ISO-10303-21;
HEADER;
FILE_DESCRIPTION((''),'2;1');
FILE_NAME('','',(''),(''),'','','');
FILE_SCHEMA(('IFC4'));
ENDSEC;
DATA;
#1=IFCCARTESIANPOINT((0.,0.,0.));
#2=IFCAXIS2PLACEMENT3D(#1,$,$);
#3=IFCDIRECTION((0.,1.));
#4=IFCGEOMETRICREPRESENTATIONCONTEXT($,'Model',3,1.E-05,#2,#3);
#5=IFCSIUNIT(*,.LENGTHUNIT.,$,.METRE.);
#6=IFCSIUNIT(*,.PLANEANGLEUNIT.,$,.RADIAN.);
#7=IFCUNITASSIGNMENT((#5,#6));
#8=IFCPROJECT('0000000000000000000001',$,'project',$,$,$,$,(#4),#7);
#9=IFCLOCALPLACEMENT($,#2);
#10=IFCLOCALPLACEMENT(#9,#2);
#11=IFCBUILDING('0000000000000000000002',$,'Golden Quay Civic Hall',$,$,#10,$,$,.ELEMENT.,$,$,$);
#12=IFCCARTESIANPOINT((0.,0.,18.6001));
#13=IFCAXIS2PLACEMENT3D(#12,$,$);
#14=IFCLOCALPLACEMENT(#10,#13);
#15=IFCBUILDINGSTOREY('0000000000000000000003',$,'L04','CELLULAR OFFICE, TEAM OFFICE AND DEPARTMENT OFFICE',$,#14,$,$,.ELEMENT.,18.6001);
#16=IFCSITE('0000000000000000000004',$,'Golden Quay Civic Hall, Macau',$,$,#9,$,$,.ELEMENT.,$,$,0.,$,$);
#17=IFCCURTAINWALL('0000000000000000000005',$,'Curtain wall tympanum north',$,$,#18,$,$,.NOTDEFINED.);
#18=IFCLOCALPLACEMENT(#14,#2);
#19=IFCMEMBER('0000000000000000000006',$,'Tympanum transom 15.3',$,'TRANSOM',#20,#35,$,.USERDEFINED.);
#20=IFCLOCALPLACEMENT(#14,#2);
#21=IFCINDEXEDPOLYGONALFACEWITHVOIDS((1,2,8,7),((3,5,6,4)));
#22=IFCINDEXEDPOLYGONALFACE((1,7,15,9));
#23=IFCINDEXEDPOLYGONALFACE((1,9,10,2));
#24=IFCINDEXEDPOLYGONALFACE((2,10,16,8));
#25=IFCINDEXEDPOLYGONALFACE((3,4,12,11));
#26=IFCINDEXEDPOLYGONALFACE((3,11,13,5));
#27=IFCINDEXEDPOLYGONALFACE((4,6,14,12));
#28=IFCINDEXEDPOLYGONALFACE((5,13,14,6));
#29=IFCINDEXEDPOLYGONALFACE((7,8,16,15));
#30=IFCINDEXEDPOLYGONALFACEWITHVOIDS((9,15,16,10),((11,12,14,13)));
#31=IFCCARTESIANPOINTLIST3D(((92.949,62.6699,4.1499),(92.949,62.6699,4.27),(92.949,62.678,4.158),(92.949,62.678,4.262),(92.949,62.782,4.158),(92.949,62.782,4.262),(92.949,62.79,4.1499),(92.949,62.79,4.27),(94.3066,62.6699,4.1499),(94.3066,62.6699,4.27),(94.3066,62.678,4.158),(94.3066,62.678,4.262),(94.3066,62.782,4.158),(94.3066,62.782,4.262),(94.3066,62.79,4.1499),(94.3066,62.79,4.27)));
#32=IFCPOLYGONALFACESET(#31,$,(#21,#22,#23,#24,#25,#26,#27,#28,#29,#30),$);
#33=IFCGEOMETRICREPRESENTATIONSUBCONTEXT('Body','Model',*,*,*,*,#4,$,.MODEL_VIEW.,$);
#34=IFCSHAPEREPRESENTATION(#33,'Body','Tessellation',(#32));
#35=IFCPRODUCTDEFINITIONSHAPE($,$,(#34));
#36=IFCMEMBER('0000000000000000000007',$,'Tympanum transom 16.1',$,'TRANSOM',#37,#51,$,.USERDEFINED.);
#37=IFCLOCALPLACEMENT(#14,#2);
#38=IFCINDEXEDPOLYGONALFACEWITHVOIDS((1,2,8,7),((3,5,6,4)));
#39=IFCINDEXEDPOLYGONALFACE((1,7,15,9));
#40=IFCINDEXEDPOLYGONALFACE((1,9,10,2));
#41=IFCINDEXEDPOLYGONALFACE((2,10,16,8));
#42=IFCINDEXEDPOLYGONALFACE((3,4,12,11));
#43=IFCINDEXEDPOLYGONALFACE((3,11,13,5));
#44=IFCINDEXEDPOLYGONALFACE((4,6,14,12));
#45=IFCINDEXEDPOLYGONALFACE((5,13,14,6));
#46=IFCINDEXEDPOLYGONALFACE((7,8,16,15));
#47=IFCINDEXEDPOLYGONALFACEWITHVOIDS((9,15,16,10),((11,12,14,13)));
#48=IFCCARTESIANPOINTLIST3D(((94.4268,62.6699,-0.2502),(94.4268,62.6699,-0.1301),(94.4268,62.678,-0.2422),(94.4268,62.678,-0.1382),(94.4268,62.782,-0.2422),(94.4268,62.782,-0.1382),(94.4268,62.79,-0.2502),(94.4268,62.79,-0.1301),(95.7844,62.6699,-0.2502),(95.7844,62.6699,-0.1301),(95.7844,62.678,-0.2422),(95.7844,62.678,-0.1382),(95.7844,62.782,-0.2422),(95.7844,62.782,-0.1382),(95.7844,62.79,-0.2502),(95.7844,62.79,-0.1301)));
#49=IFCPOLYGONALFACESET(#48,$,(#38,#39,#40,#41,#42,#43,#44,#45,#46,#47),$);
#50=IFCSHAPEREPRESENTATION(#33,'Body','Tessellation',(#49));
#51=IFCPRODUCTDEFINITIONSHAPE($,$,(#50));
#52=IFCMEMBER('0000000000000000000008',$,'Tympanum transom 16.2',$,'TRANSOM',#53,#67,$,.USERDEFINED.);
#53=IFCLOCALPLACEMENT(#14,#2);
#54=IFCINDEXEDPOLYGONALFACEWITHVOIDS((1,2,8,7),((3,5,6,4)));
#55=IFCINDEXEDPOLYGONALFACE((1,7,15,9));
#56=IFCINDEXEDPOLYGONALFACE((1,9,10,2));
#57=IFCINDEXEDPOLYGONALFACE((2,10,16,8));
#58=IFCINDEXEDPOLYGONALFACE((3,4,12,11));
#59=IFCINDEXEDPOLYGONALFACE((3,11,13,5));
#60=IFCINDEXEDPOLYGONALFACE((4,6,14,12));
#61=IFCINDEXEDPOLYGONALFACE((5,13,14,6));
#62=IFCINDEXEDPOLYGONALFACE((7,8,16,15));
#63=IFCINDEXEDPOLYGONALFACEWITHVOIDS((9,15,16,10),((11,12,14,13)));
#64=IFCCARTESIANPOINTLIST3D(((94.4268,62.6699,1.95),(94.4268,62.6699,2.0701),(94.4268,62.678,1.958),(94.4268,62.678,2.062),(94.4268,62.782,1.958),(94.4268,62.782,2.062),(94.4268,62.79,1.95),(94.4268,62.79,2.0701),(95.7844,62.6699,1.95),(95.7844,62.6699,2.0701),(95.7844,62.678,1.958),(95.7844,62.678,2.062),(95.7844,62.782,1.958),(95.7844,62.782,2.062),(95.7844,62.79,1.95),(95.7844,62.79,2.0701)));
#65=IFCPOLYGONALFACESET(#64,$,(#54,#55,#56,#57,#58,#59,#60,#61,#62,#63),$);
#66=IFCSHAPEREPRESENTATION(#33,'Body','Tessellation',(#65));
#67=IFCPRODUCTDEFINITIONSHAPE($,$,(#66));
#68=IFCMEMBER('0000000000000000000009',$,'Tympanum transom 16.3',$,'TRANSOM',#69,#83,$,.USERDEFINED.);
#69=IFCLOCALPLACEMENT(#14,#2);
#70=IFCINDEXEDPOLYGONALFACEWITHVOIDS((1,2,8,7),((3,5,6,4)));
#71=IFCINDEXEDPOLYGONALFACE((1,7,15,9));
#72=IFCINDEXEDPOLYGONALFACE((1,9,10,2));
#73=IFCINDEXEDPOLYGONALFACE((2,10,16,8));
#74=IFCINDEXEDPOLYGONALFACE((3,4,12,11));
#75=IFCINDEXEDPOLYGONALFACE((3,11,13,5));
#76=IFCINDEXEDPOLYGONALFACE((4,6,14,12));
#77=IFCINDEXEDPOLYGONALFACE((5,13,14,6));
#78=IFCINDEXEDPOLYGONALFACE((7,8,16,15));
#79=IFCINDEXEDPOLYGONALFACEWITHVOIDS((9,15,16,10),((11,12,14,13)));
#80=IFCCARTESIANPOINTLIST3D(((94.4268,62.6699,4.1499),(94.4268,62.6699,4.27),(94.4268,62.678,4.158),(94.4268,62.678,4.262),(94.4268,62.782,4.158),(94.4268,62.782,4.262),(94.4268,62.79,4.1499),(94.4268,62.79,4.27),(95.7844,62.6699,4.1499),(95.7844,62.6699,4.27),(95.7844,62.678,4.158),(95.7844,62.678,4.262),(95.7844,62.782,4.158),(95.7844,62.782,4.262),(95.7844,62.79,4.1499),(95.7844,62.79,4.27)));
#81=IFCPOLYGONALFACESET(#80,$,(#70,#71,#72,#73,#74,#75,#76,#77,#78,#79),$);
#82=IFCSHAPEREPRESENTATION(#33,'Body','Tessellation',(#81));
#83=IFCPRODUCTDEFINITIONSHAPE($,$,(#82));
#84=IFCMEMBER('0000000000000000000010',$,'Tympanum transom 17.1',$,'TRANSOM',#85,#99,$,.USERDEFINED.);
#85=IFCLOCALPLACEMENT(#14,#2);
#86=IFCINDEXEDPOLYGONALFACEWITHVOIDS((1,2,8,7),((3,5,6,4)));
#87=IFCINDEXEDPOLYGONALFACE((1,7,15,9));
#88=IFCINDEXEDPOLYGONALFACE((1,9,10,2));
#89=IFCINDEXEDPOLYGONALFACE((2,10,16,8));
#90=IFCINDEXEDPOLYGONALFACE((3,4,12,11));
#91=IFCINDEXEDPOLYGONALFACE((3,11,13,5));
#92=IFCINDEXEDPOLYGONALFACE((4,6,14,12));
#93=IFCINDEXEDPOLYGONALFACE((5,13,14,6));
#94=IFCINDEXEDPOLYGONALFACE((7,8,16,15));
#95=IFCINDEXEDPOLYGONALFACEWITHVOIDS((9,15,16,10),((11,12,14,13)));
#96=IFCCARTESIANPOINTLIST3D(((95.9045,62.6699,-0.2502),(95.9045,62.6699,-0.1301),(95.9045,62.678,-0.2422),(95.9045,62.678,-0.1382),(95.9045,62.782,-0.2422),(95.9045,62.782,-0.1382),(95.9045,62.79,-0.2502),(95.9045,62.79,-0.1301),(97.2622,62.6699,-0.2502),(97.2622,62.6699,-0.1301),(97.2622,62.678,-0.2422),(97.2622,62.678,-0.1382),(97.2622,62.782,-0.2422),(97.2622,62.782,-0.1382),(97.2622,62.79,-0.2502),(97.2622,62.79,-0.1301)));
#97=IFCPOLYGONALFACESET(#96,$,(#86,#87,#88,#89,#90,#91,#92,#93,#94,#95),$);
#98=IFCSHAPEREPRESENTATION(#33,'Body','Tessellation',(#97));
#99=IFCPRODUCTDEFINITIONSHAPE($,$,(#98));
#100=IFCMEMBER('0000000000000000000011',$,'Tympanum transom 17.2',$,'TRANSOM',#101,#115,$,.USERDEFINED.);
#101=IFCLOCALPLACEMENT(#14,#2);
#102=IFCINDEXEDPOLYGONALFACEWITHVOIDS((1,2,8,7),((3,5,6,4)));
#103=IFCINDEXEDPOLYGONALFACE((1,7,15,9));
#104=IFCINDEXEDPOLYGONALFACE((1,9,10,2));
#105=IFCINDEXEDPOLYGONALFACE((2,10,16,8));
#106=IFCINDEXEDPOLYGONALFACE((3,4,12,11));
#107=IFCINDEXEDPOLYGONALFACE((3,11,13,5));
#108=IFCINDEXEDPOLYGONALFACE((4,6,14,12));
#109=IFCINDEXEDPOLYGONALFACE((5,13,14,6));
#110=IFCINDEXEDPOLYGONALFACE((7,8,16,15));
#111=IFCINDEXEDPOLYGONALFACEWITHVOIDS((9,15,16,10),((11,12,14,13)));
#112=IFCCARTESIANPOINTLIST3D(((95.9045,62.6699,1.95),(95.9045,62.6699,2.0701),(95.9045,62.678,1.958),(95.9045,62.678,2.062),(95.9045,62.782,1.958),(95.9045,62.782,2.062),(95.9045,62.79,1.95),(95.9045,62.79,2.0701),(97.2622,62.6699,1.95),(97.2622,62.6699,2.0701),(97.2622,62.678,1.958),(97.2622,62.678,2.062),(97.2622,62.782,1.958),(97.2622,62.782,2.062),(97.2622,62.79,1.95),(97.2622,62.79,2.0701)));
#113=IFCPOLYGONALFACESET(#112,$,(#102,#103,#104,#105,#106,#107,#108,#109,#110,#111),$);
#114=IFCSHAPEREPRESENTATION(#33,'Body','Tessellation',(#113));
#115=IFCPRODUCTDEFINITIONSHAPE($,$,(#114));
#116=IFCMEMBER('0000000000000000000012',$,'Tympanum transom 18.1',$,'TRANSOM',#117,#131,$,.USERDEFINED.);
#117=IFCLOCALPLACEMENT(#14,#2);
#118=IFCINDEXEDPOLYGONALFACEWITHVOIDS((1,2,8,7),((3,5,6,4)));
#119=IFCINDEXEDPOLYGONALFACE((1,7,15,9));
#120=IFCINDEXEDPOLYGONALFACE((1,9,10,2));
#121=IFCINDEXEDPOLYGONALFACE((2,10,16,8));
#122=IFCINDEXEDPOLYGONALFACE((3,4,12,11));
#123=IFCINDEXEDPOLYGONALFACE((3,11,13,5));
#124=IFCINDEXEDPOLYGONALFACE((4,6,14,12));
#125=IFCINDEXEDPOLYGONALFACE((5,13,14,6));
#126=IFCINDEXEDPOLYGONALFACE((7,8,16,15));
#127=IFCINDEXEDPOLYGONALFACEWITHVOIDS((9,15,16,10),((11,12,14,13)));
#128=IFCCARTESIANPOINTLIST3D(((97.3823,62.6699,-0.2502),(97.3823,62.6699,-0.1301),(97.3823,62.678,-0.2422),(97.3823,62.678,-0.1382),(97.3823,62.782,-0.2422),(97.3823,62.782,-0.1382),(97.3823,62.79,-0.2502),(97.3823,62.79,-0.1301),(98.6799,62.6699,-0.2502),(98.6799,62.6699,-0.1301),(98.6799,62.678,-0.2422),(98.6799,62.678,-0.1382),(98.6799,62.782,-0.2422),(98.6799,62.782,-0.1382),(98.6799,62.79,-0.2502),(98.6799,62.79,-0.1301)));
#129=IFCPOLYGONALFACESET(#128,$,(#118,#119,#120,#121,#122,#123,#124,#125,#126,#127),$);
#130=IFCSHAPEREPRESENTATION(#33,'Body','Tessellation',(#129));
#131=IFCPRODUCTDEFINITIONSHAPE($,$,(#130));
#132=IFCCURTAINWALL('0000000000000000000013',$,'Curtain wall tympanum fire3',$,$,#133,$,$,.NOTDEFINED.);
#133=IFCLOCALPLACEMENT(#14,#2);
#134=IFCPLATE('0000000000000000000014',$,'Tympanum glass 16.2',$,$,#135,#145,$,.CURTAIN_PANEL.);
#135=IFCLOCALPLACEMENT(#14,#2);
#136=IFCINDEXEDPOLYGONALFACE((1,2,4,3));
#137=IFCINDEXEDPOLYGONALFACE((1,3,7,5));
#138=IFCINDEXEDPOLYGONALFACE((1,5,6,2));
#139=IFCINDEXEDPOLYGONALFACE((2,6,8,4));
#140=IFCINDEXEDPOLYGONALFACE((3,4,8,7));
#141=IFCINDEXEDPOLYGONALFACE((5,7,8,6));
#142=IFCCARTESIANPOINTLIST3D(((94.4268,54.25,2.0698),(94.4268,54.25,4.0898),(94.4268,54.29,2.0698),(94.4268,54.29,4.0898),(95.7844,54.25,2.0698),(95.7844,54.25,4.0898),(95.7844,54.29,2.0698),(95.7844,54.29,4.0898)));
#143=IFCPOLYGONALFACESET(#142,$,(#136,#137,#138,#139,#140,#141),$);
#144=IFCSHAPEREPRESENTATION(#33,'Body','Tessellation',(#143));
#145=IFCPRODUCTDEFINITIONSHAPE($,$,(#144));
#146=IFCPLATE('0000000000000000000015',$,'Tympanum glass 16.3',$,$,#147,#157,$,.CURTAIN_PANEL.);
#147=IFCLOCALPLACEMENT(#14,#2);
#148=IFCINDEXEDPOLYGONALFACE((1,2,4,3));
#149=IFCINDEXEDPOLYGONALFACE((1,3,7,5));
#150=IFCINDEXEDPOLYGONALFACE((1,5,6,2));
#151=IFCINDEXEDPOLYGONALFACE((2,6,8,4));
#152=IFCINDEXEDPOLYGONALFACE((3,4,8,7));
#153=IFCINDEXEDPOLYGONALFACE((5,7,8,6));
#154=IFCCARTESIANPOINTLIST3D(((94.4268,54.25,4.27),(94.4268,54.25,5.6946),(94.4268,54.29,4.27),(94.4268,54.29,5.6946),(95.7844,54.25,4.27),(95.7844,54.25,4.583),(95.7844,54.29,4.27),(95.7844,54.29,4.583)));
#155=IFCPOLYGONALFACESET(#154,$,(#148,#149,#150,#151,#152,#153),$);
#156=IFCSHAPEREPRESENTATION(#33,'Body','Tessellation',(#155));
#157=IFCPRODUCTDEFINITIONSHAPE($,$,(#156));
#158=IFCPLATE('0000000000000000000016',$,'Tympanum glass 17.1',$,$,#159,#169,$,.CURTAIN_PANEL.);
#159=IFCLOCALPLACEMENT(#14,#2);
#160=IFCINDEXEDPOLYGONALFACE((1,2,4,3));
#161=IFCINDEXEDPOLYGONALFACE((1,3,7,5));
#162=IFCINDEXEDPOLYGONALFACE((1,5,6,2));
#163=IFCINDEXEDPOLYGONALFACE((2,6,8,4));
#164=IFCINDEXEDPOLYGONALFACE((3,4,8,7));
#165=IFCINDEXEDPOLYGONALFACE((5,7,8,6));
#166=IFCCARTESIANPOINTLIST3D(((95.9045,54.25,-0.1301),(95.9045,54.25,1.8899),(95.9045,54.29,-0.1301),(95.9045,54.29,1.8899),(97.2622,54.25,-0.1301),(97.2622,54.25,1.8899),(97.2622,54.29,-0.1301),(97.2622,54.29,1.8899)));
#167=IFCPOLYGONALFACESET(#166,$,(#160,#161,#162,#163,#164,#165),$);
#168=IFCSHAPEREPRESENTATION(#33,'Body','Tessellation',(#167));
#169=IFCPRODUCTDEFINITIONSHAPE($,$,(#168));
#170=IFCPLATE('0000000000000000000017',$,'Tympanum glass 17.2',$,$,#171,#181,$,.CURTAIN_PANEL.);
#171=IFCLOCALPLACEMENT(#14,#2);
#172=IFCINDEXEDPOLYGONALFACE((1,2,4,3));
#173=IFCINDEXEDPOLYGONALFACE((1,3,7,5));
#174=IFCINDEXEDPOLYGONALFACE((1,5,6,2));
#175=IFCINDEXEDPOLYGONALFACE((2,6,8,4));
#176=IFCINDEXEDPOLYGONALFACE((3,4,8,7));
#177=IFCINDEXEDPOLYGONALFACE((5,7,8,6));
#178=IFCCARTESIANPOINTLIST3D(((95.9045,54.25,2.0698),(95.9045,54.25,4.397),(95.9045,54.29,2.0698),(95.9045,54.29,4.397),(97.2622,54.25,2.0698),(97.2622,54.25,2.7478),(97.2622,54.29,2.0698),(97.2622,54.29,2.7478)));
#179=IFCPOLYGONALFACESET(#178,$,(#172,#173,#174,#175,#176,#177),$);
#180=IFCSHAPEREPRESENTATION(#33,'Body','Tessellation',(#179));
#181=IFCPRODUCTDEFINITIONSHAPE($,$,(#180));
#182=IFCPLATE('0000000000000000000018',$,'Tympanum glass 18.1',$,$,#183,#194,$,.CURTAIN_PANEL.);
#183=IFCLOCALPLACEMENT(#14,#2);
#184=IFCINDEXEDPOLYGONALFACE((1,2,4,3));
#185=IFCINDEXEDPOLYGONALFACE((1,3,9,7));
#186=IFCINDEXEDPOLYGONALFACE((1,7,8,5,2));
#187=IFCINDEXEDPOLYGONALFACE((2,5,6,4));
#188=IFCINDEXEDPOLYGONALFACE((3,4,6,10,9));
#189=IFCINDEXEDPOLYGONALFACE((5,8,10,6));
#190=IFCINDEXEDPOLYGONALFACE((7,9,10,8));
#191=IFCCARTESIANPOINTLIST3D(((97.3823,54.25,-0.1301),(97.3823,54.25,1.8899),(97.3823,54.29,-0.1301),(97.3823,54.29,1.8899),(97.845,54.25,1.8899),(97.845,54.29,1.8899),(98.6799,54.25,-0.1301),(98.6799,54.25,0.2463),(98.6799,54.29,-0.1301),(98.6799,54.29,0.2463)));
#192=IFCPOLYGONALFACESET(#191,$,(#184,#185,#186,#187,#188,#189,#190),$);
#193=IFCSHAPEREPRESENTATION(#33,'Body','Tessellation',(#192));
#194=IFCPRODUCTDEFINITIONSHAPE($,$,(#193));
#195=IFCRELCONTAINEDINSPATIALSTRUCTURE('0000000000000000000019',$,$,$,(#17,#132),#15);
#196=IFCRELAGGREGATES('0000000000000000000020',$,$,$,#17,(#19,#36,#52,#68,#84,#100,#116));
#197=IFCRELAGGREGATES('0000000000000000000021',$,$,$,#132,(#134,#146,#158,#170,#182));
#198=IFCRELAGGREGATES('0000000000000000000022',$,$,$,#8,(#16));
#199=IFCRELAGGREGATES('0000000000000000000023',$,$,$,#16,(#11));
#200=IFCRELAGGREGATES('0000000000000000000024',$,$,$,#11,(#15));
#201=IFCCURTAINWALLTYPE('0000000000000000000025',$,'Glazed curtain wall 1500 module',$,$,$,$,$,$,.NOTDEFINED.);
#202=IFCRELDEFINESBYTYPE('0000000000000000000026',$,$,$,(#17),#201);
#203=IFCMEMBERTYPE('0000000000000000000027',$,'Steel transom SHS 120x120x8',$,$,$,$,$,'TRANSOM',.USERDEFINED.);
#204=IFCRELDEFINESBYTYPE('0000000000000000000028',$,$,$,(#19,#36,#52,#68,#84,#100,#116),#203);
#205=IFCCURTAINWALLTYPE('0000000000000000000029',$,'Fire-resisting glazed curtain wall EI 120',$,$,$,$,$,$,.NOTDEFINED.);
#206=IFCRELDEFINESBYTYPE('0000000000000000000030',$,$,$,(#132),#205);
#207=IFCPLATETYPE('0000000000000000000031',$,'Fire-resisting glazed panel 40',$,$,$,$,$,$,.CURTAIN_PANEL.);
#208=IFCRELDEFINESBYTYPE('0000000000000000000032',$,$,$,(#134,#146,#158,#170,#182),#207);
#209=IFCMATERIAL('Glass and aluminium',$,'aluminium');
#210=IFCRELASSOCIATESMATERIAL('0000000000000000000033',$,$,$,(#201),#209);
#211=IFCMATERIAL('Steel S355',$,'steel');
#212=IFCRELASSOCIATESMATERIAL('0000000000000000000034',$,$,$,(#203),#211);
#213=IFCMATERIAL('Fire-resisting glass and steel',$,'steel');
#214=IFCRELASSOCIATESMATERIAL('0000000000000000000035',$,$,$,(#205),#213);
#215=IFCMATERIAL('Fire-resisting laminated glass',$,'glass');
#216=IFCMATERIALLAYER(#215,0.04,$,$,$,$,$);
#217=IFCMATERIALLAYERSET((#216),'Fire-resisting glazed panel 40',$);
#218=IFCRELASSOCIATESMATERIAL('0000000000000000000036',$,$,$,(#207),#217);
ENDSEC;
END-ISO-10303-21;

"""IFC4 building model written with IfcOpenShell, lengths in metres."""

from ifc_helpers import new_model, si_unit, direction, frame, origin, origin_2d, place, context, subcontext, project, spatial, polyline, hollow_rectangle, outline, extrude, material, layer, layer_set, material_profile, profile_set, type_object, element, aggregate, save


model = new_model("IFC4")

# Units and contexts
model_context = context("Model", 3, precision=1e-05, world=origin(), true_north=direction((0.0, 1.0)))
body_context = subcontext(model_context, "Body", "Model", "MODEL_VIEW")
ifc_project = project(units=[si_unit("LENGTHUNIT", "METRE"), si_unit("PLANEANGLEUNIT", "RADIAN")], contexts=[model_context])

# Site, building, storey
site_placement = place(None, origin())
site = spatial("IfcSite", under=ifc_project, at=site_placement, Name="Golden Quay Civic Hall, Macau", CompositionType="ELEMENT", RefElevation=0.0)
building_placement = place(site_placement, origin())
building = spatial("IfcBuilding", under=site, at=building_placement, Name="Golden Quay Civic Hall", CompositionType="ELEMENT")
storey_placement = place(building_placement, frame((0.0, 0.0, 18.6001)))
storey = spatial("IfcBuildingStorey", under=building, at=storey_placement, Name="L04", Description="CELLULAR OFFICE, TEAM OFFICE AND DEPARTMENT OFFICE", CompositionType="ELEMENT", Elevation=18.6001)

# Curtain wall, members
ifc_material_1 = material(Name="Glass and aluminium", Category="aluminium")
curtain_wall_type_1 = type_object("IfcCurtainWallType", Name="Glazed curtain wall 1500 module", PredefinedType="NOTDEFINED", material=ifc_material_1)
curtain_wall_1_placement = place(storey_placement, origin())
curtain_wall_1 = element("IfcCurtainWall", 1, at=curtain_wall_1_placement, inside=storey, type_object=curtain_wall_type_1, Name="Curtain wall tympanum north", PredefinedType="NOTDEFINED")
ifc_material_2 = material(Name="Steel S355", Category="steel")
ifc_material_profile_1 = material_profile(ifc_material_2, hollow_rectangle(XDim=0.1201, YDim=0.1201, WallThickness=0.0081, at=origin_2d()), Name="SHS 120x120x8")
ifc_profile_set_1 = profile_set([ifc_material_profile_1], Name="Steel S355")
member_type_1 = type_object("IfcMemberType", Name="Steel transom SHS 120x120x8", ElementType="TRANSOM", PredefinedType="USERDEFINED", material=ifc_profile_set_1)
member_1_placement = place(storey_placement, frame((92.949, 62.73, 4.21), z_axis=(1.0, 0.0, 0.0), x_axis=(0.0, 1.0, 0.0)))
member_1 = element("IfcMember", 2, at=member_1_placement, type_object=member_type_1, Name="Tympanum transom 15.3", ObjectType="TRANSOM", PredefinedType="USERDEFINED", context=body_context, shape_type="SweptSolid", body=[
    extrude(hollow_rectangle(XDim=0.1201, YDim=0.1201, WallThickness=0.0081, at=origin_2d()), origin(), (0.0, 0.0, 1.0), 1.3577),
])
member_2_placement = place(storey_placement, frame((94.4268, 62.73, -0.1902), z_axis=(1.0, 0.0, 0.0), x_axis=(0.0, 1.0, 0.0)))
member_2 = element("IfcMember", 3, at=member_2_placement, type_object=member_type_1, Name="Tympanum transom 16.1", ObjectType="TRANSOM", PredefinedType="USERDEFINED", context=body_context, shape_type="SweptSolid", body=[
    extrude(hollow_rectangle(XDim=0.1201, YDim=0.1201, WallThickness=0.0081, at=origin_2d()), origin(), (0.0, 0.0, 1.0), 1.3577),
])
member_3_placement = place(storey_placement, frame((94.4268, 62.73, 2.01), z_axis=(1.0, 0.0, 0.0), x_axis=(0.0, 1.0, 0.0)))
member_3 = element("IfcMember", 4, at=member_3_placement, type_object=member_type_1, Name="Tympanum transom 16.2", ObjectType="TRANSOM", PredefinedType="USERDEFINED", context=body_context, shape_type="SweptSolid", body=[
    extrude(hollow_rectangle(XDim=0.1201, YDim=0.1201, WallThickness=0.0081, at=origin_2d()), origin(), (0.0, 0.0, 1.0), 1.3577),
])
member_4_placement = place(storey_placement, frame((94.4268, 62.73, 4.21), z_axis=(1.0, 0.0, 0.0), x_axis=(0.0, 1.0, 0.0)))
member_4 = element("IfcMember", 5, at=member_4_placement, type_object=member_type_1, Name="Tympanum transom 16.3", ObjectType="TRANSOM", PredefinedType="USERDEFINED", context=body_context, shape_type="SweptSolid", body=[
    extrude(hollow_rectangle(XDim=0.1201, YDim=0.1201, WallThickness=0.0081, at=origin_2d()), origin(), (0.0, 0.0, 1.0), 1.3577),
])
member_5_placement = place(storey_placement, frame((95.9045, 62.73, -0.1902), z_axis=(1.0, 0.0, 0.0), x_axis=(0.0, 1.0, 0.0)))
member_5 = element("IfcMember", 6, at=member_5_placement, type_object=member_type_1, Name="Tympanum transom 17.1", ObjectType="TRANSOM", PredefinedType="USERDEFINED", context=body_context, shape_type="SweptSolid", body=[
    extrude(hollow_rectangle(XDim=0.1201, YDim=0.1201, WallThickness=0.0081, at=origin_2d()), origin(), (0.0, 0.0, 1.0), 1.3577),
])
member_6_placement = place(storey_placement, frame((95.9045, 62.73, 2.01), z_axis=(1.0, 0.0, 0.0), x_axis=(0.0, 1.0, 0.0)))
member_6 = element("IfcMember", 7, at=member_6_placement, type_object=member_type_1, Name="Tympanum transom 17.2", ObjectType="TRANSOM", PredefinedType="USERDEFINED", context=body_context, shape_type="SweptSolid", body=[
    extrude(hollow_rectangle(XDim=0.1201, YDim=0.1201, WallThickness=0.0081, at=origin_2d()), origin(), (0.0, 0.0, 1.0), 1.3577),
])
member_7_placement = place(storey_placement, frame((97.3823, 62.73, -0.1902), z_axis=(1.0, 0.0, 0.0), x_axis=(0.0, 1.0, 0.0)))
member_7 = element("IfcMember", 8, at=member_7_placement, type_object=member_type_1, Name="Tympanum transom 18.1", ObjectType="TRANSOM", PredefinedType="USERDEFINED", context=body_context, shape_type="SweptSolid", body=[
    extrude(hollow_rectangle(XDim=0.1201, YDim=0.1201, WallThickness=0.0081, at=origin_2d()), origin(), (0.0, 0.0, 1.0), 1.2976),
])
aggregate(curtain_wall_1, [member_1, member_2, member_3, member_4, member_5, member_6, member_7])

# Curtain wall, plates
ifc_material_3 = material(Name="Fire-resisting glass and steel", Category="steel")
curtain_wall_type_2 = type_object("IfcCurtainWallType", Name="Fire-resisting glazed curtain wall EI 120", PredefinedType="NOTDEFINED", material=ifc_material_3)
curtain_wall_2_placement = place(storey_placement, origin())
curtain_wall_2 = element("IfcCurtainWall", 9, at=curtain_wall_2_placement, inside=storey, type_object=curtain_wall_type_2, Name="Curtain wall tympanum fire3", PredefinedType="NOTDEFINED")
ifc_material_4 = material(Name="Fire-resisting laminated glass", Category="glass")
ifc_layer = layer(ifc_material_4, 0.04)
ifc_layer_set = layer_set([ifc_layer], Name="Fire-resisting glazed panel 40")
plate_type = type_object("IfcPlateType", Name="Fire-resisting glazed panel 40", PredefinedType="CURTAIN_PANEL", material=ifc_layer_set)
plate_1_placement = place(storey_placement, frame((95.7844, 54.29, 2.0698), z_axis=(0.0, 1.0, 0.0), x_axis=(-1.0, 0.0, 0.0)))
plate_1 = element("IfcPlate", 10, at=plate_1_placement, type_object=plate_type, Name="Tympanum glass 16.2", PredefinedType="CURTAIN_PANEL", context=body_context, shape_type="SweptSolid", body=[
    extrude(outline(polyline([(0.0, 0.0), (1.3577, 0.0), (1.3577, 2.02), (0.0, 2.02), (0.0, 0.0)])), origin(), (0.0, 0.0, -1.0), 0.04),
])
plate_2_placement = place(storey_placement, frame((95.7844, 54.29, 4.27), z_axis=(0.0, 1.0, 0.0), x_axis=(-1.0, 0.0, 0.0)))
plate_2 = element("IfcPlate", 11, at=plate_2_placement, type_object=plate_type, Name="Tympanum glass 16.3", PredefinedType="CURTAIN_PANEL", context=body_context, shape_type="SweptSolid", body=[
    extrude(outline(polyline([(0.0, 0.0), (1.3577, 0.0), (1.3577, 1.4246), (0.0, 0.313), (0.0, 0.0)])), origin(), (0.0, 0.0, -1.0), 0.04),
])
plate_3_placement = place(storey_placement, frame((97.2622, 54.29, -0.1301), z_axis=(0.0, 1.0, 0.0), x_axis=(-1.0, 0.0, 0.0)))
plate_3 = element("IfcPlate", 12, at=plate_3_placement, type_object=plate_type, Name="Tympanum glass 17.1", PredefinedType="CURTAIN_PANEL", context=body_context, shape_type="SweptSolid", body=[
    extrude(outline(polyline([(0.0, 0.0), (1.3577, 0.0), (1.3577, 2.02), (0.0, 2.02), (0.0, 0.0)])), origin(), (0.0, 0.0, -1.0), 0.04),
])
plate_4_placement = place(storey_placement, frame((97.2622, 54.29, 2.0698), z_axis=(0.0, 1.0, 0.0), x_axis=(-1.0, 0.0, 0.0)))
plate_4 = element("IfcPlate", 13, at=plate_4_placement, type_object=plate_type, Name="Tympanum glass 17.2", PredefinedType="CURTAIN_PANEL", context=body_context, shape_type="SweptSolid", body=[
    extrude(outline(polyline([(0.0, 0.0), (1.3577, 0.0), (1.3577, 2.3271), (0.0, 0.678), (0.0, 0.0)])), origin(), (0.0, 0.0, -1.0), 0.04),
])
plate_5_placement = place(storey_placement, frame((98.6799, 54.29, -0.1301), z_axis=(0.0, 1.0, 0.0), x_axis=(-1.0, 0.0, 0.0)))
plate_5 = element("IfcPlate", 14, at=plate_5_placement, type_object=plate_type, Name="Tympanum glass 18.1", PredefinedType="CURTAIN_PANEL", context=body_context, shape_type="SweptSolid", body=[
    extrude(outline(polyline([(0.0, 0.0), (1.2976, 0.0), (1.2976, 2.02), (0.835, 2.02), (0.0, 0.3765), (0.0, 0.0)])), origin(), (0.0, 0.0, -1.0), 0.04),
])
aggregate(curtain_wall_2, [plate_1, plate_2, plate_3, plate_4, plate_5])

save(model, "model.ifc")
